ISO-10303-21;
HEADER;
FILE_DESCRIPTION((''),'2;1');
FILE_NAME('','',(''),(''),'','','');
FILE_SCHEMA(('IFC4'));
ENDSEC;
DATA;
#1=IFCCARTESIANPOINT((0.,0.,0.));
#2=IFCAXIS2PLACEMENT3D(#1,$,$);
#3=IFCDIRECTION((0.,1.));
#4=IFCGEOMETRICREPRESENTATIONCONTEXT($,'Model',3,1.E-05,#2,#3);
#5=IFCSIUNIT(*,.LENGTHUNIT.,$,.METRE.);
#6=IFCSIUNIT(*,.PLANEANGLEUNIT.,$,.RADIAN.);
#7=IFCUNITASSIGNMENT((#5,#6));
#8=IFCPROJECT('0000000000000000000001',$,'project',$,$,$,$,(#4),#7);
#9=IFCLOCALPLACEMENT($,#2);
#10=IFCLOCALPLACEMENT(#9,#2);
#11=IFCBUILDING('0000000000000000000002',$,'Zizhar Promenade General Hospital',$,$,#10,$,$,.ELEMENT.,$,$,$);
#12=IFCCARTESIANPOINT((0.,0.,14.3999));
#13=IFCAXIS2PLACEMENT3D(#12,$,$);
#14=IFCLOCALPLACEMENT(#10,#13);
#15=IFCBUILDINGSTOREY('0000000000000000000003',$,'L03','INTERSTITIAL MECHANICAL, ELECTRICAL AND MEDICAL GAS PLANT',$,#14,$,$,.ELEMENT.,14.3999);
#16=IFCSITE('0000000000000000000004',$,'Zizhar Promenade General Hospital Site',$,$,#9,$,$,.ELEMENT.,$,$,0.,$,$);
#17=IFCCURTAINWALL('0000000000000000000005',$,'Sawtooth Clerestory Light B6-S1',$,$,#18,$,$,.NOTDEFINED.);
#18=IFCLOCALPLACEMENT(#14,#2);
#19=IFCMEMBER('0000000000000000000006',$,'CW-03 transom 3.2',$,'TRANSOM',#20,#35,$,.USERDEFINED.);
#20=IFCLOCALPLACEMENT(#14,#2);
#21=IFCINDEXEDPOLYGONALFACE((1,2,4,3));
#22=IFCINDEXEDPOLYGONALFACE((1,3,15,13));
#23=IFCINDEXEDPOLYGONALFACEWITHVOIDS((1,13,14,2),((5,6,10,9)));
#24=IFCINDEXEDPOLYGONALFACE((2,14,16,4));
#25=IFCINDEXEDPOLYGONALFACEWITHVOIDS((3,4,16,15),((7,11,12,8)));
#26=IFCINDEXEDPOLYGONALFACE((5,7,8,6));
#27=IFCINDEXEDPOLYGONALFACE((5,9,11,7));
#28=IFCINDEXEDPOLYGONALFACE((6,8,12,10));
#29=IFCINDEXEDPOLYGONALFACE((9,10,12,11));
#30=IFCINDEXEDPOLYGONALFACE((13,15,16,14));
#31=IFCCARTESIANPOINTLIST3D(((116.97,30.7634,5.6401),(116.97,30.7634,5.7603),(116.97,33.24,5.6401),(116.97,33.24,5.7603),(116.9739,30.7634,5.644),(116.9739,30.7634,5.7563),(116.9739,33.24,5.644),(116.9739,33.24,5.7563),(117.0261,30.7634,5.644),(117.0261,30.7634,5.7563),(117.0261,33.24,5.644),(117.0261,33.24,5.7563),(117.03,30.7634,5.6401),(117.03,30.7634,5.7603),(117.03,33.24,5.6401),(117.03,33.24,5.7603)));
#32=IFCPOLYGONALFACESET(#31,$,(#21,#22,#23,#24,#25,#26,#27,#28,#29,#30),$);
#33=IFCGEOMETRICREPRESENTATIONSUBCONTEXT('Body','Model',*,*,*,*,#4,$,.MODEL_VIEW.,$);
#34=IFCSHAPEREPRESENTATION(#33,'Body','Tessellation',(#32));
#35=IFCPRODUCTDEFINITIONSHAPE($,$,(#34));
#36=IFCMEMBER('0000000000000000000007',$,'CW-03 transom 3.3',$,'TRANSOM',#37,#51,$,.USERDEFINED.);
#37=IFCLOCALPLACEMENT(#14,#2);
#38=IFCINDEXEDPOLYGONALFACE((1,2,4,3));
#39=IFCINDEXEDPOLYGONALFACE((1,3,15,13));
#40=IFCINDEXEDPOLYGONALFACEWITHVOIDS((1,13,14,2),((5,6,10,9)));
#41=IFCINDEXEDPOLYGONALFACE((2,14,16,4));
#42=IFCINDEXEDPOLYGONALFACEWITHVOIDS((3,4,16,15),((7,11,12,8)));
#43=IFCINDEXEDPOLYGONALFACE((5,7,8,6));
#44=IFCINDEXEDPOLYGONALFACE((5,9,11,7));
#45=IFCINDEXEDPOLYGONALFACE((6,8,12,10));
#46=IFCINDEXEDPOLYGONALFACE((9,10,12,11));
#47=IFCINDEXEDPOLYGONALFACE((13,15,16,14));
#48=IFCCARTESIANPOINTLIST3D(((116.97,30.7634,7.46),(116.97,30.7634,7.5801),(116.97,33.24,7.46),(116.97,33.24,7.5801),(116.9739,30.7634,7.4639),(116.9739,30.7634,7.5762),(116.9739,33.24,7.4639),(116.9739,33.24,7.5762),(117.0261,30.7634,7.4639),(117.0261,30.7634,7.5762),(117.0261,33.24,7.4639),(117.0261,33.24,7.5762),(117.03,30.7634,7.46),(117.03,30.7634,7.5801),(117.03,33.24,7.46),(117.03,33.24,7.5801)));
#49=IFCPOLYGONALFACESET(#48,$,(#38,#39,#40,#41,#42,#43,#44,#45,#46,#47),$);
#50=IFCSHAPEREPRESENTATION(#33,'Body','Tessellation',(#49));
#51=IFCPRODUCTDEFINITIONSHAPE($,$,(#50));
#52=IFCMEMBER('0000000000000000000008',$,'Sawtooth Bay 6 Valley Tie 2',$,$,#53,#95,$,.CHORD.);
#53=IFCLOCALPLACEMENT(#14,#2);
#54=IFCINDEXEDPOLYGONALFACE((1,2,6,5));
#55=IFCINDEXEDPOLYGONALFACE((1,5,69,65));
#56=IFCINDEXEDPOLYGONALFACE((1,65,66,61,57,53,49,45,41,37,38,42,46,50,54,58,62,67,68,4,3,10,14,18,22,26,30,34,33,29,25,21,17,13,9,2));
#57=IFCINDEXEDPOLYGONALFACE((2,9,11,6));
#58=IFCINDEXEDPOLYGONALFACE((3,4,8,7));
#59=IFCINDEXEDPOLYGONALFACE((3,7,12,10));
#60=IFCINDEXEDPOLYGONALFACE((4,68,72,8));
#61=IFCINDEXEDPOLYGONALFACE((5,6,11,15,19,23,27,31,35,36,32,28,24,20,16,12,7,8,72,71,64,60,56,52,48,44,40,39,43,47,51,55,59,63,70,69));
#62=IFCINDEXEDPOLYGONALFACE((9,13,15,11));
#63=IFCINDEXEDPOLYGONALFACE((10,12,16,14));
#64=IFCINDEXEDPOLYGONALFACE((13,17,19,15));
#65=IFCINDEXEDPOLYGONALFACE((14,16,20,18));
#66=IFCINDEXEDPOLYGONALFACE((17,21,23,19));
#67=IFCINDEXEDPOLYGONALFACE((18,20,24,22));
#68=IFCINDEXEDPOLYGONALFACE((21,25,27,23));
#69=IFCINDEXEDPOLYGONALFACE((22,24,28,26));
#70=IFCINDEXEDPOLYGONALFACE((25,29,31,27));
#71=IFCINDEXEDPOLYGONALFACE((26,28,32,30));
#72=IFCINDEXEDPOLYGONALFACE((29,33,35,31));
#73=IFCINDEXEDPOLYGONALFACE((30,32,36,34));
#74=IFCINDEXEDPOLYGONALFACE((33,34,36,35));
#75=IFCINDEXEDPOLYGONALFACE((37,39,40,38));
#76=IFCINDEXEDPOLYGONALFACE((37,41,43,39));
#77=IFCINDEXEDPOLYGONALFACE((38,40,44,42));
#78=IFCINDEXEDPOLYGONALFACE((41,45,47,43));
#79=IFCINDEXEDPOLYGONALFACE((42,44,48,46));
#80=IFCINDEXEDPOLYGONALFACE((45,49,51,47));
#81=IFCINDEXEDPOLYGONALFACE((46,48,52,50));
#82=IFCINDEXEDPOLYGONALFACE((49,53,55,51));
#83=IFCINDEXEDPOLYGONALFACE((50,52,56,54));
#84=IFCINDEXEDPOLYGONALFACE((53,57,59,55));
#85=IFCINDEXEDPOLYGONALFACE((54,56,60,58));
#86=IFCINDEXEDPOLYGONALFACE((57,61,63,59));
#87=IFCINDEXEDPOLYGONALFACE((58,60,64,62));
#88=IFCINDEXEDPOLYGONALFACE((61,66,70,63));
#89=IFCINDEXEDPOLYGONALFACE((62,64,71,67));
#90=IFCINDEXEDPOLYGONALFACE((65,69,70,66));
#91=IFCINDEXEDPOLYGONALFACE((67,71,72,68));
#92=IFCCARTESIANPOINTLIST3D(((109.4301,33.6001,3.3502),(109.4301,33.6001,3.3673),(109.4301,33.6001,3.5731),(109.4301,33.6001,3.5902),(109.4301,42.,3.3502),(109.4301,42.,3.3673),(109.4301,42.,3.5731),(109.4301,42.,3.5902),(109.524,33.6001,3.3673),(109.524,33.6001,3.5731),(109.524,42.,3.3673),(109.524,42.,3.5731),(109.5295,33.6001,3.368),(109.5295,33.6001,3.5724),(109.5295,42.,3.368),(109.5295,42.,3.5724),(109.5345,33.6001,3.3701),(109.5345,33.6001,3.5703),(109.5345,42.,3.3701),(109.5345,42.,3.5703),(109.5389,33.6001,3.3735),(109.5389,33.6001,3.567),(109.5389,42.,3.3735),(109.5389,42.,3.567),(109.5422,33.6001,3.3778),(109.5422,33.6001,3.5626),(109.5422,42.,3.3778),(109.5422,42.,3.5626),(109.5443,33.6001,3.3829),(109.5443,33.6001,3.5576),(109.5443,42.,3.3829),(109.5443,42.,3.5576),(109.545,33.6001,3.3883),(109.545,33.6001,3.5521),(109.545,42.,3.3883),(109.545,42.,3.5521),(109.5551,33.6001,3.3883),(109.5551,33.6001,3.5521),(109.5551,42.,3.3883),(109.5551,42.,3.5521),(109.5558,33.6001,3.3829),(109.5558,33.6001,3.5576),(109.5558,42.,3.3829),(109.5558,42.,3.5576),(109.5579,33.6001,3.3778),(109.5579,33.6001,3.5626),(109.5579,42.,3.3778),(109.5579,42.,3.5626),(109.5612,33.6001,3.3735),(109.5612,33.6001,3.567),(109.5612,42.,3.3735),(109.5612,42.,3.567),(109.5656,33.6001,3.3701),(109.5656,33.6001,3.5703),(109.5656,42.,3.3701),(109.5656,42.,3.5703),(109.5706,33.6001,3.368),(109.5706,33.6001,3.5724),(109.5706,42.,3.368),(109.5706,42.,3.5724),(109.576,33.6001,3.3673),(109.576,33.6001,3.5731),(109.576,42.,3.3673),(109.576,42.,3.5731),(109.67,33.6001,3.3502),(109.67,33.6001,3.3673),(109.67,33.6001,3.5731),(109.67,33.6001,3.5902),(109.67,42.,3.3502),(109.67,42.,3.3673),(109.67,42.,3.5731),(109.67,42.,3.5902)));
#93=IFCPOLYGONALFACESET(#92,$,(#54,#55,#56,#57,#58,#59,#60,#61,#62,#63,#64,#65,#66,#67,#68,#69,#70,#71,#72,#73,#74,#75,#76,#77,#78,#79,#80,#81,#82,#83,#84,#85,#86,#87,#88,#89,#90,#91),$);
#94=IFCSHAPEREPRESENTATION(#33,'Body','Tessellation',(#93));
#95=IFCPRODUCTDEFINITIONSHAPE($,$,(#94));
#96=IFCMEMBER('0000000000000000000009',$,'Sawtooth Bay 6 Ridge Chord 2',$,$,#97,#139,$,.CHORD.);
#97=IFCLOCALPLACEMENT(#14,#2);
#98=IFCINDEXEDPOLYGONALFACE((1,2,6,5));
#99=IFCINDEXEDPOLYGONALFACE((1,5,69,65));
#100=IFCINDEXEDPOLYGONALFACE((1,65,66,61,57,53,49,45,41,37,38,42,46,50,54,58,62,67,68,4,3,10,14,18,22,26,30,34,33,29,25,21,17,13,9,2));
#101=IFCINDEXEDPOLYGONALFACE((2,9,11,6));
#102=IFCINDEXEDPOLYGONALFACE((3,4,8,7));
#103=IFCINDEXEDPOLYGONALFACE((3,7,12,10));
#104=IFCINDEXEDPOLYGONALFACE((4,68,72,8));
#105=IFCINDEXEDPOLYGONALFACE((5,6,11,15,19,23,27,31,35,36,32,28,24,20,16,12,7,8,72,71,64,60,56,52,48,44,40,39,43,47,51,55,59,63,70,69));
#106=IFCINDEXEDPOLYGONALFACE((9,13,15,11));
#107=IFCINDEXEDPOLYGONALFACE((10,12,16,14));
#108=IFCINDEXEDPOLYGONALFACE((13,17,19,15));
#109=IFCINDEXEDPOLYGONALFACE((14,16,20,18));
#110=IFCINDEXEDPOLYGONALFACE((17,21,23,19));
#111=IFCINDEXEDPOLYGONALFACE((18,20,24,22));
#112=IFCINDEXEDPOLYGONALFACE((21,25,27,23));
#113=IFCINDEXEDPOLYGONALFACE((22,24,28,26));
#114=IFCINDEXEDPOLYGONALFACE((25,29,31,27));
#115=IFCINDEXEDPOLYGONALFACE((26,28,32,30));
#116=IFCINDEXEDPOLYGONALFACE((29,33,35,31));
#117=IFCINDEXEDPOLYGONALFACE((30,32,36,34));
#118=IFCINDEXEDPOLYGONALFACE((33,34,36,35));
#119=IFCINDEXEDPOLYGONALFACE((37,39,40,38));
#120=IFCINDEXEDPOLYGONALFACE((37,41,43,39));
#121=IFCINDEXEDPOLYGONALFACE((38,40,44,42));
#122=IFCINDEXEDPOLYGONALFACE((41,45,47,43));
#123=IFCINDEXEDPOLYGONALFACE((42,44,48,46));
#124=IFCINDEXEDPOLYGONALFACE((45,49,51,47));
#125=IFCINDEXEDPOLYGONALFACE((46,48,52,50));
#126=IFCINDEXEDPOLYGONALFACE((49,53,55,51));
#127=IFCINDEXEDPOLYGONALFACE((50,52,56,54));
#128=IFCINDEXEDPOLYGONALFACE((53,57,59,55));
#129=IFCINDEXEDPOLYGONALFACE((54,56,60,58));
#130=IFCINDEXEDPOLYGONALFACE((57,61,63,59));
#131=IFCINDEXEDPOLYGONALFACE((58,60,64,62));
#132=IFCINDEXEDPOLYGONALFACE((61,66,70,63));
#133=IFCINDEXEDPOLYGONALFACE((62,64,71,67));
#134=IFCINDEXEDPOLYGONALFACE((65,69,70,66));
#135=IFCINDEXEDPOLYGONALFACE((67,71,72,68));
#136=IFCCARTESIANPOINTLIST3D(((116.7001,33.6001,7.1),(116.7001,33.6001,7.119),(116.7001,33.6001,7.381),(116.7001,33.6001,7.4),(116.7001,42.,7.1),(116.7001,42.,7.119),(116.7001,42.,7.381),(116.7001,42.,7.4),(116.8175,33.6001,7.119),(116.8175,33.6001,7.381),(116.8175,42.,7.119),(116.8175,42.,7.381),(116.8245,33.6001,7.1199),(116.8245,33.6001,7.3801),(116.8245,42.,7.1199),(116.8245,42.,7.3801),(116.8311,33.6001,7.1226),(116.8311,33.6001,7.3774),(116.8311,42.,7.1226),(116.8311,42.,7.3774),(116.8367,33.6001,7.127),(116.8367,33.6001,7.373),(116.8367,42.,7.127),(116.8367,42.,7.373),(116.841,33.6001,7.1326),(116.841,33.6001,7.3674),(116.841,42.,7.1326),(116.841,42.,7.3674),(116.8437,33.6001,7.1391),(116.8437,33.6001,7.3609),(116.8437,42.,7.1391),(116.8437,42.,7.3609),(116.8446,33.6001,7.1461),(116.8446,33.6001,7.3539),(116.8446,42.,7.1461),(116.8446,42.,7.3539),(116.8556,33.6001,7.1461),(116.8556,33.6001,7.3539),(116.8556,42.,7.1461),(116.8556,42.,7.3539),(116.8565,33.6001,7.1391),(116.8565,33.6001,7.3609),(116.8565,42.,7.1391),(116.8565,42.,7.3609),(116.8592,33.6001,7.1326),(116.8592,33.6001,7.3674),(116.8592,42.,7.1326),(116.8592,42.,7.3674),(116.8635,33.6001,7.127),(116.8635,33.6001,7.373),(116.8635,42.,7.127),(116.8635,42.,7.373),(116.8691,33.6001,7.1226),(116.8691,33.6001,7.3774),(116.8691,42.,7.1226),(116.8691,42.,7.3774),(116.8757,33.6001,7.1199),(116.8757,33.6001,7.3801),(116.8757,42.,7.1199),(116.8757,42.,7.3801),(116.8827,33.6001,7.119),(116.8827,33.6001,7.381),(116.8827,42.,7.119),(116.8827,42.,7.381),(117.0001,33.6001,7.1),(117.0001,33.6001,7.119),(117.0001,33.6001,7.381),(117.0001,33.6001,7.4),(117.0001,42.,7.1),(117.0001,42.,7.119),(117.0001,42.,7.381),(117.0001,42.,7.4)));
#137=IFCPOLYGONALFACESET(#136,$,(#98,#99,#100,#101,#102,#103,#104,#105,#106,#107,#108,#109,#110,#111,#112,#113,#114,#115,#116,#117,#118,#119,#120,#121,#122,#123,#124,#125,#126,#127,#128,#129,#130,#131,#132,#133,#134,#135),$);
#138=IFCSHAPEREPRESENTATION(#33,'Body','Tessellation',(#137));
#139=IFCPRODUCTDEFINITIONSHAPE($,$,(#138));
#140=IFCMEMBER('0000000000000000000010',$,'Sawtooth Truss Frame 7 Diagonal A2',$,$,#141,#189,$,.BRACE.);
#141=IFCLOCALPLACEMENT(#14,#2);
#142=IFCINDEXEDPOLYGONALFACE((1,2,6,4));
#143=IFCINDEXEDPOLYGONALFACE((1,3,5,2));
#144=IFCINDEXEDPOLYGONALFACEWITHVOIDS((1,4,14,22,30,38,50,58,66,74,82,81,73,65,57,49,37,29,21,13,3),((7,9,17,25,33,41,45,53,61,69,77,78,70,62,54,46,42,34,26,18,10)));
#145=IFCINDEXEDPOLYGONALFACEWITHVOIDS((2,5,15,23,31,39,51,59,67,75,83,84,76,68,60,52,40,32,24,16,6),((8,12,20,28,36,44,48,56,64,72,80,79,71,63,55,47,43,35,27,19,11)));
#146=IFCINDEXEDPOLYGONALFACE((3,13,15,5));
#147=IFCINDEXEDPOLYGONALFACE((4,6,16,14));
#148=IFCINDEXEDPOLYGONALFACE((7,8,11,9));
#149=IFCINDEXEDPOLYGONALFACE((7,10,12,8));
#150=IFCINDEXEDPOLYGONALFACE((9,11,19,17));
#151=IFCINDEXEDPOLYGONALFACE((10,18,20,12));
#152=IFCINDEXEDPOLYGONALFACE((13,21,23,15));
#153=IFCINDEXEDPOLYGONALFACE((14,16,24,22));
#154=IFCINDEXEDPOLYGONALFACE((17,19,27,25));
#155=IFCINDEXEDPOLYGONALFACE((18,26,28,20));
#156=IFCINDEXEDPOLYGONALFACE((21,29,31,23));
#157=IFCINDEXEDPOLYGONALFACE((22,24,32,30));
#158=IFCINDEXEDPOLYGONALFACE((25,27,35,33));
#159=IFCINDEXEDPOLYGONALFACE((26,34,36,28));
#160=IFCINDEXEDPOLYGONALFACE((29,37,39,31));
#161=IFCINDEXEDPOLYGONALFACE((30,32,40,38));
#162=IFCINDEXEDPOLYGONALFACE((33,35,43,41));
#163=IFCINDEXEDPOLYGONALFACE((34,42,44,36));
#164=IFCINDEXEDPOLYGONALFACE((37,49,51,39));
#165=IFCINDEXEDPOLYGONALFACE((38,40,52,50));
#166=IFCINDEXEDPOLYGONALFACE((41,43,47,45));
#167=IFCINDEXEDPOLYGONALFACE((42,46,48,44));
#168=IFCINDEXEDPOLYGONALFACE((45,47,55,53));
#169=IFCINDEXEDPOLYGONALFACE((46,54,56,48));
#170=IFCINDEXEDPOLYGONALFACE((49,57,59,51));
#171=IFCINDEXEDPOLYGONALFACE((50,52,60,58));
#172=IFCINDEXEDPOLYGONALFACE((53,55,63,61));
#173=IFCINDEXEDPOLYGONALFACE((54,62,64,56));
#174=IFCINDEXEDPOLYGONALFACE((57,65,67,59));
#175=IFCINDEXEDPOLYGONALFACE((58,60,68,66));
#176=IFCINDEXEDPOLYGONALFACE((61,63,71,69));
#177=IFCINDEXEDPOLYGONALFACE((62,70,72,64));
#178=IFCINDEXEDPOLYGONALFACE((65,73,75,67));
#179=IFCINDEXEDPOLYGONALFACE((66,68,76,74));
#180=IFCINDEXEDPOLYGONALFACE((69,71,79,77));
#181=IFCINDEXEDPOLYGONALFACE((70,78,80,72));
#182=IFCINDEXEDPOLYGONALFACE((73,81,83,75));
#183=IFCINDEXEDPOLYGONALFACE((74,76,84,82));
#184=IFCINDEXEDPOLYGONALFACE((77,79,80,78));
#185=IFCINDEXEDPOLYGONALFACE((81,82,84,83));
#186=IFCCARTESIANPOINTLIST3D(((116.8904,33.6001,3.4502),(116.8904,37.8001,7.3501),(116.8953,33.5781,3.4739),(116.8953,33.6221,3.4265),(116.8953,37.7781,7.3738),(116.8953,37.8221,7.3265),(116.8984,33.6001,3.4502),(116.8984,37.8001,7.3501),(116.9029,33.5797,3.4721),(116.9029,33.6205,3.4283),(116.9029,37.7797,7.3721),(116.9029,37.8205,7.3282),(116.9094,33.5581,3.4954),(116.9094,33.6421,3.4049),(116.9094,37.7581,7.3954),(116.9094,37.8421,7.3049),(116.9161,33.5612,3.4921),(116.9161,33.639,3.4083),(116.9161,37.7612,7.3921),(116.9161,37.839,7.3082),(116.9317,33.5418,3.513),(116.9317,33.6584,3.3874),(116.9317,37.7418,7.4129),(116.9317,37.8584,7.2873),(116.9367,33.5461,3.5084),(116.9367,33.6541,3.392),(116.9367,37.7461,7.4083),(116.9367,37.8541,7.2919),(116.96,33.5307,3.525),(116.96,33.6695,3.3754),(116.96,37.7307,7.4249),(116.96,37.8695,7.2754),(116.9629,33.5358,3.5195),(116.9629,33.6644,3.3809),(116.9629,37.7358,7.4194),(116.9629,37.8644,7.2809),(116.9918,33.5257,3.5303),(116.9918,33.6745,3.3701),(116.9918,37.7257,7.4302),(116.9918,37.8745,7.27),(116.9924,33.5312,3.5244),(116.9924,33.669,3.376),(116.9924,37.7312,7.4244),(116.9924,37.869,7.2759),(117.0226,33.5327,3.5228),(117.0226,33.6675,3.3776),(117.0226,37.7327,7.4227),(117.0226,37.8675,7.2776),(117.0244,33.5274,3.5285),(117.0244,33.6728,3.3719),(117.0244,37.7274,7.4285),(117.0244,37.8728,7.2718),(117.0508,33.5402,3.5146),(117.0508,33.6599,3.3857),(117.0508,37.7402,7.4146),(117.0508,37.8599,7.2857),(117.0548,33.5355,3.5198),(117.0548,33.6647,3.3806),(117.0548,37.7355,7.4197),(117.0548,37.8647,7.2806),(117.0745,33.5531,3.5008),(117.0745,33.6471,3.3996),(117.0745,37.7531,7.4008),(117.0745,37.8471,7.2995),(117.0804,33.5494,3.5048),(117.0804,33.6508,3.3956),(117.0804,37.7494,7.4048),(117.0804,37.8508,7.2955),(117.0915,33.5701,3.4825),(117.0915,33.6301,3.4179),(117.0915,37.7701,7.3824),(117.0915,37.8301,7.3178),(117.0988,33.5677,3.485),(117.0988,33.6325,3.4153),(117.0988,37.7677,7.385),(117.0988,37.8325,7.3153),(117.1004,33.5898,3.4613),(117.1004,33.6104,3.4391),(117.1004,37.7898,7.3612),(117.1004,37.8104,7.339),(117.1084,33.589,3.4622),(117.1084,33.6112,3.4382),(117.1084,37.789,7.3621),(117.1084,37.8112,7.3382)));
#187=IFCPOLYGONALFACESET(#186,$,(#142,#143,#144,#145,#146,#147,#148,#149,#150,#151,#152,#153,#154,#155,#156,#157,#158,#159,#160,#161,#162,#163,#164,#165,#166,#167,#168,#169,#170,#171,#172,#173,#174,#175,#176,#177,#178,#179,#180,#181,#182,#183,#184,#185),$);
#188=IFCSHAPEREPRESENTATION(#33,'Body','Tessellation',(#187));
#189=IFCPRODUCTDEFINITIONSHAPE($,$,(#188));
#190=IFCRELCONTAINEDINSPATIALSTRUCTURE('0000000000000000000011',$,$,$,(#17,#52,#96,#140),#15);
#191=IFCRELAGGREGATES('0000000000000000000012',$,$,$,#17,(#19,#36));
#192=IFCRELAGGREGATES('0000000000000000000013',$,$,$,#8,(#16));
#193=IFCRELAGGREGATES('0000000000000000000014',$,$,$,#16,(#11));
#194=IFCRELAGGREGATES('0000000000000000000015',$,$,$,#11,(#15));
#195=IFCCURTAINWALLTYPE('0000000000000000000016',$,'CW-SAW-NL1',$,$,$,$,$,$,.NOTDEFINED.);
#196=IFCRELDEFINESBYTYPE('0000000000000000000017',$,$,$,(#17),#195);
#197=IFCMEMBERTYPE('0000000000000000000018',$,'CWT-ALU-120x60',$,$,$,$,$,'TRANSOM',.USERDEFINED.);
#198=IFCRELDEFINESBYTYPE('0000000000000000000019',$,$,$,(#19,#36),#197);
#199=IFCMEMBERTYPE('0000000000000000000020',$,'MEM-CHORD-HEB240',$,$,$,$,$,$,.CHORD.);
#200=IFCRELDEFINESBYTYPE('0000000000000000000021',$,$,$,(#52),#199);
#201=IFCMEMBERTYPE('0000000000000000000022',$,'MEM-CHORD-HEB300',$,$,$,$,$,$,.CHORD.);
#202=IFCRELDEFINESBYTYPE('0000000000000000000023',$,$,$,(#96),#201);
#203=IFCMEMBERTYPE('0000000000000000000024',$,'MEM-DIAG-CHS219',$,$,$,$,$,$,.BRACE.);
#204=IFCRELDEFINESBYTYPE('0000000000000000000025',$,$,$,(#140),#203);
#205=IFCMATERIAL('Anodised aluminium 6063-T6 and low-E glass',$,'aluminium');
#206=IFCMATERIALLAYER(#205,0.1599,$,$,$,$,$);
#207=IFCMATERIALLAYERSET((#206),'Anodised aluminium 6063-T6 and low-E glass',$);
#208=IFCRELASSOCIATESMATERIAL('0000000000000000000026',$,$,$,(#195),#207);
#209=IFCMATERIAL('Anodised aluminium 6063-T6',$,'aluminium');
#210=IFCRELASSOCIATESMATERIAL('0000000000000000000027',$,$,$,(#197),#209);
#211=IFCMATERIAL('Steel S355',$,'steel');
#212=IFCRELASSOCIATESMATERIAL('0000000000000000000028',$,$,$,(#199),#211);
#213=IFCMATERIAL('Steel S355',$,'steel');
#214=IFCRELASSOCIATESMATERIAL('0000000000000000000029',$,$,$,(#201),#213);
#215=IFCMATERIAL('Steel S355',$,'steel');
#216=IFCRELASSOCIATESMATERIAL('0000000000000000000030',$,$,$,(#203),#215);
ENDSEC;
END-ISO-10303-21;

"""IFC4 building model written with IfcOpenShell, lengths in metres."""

from ifc_helpers import new_model, si_unit, direction, frame, origin, origin_2d, place, context, subcontext, project, spatial, hollow_rectangle, hollow_circle, i_section, extrude, material, layer, layer_set, material_profile, profile_set, type_object, element, aggregate, save


model = new_model("IFC4")

# Units and contexts
model_context = context("Model", 3, precision=1e-05, world=origin(), true_north=direction((0.0, 1.0)))
body_context = subcontext(model_context, "Body", "Model", "MODEL_VIEW")
ifc_project = project(units=[si_unit("LENGTHUNIT", "METRE"), si_unit("PLANEANGLEUNIT", "RADIAN")], contexts=[model_context])

# Site, building, storey
site_placement = place(None, origin())
site = spatial("IfcSite", under=ifc_project, at=site_placement, Name="Zizhar Promenade General Hospital Site", CompositionType="ELEMENT", RefElevation=0.0)
building_placement = place(site_placement, origin())
building = spatial("IfcBuilding", under=site, at=building_placement, Name="Zizhar Promenade General Hospital", CompositionType="ELEMENT")
storey_placement = place(building_placement, frame((0.0, 0.0, 14.3999)))
storey = spatial("IfcBuildingStorey", under=building, at=storey_placement, Name="L03", Description="INTERSTITIAL MECHANICAL, ELECTRICAL AND MEDICAL GAS PLANT", CompositionType="ELEMENT", Elevation=14.3999)

# Curtain wall, members
ifc_material_1 = material(Name="Anodised aluminium 6063-T6 and low-E glass", Category="aluminium")
ifc_layer_1 = layer(ifc_material_1, 0.1599)
ifc_layer_set_1 = layer_set([ifc_layer_1], Name="Anodised aluminium 6063-T6 and low-E glass")
curtain_wall_type = type_object("IfcCurtainWallType", Name="CW-SAW-NL1", PredefinedType="NOTDEFINED", material=ifc_layer_set_1)
curtain_wall_placement = place(storey_placement, origin())
curtain_wall = element("IfcCurtainWall", 1, at=curtain_wall_placement, inside=storey, type_object=curtain_wall_type, Name="Sawtooth Clerestory Light B6-S1", PredefinedType="NOTDEFINED")
ifc_material_2 = material(Name="Anodised aluminium 6063-T6", Category="aluminium")
ifc_material_profile_1 = material_profile(ifc_material_2, hollow_rectangle(XDim=0.0601, YDim=0.1201, WallThickness=0.0039, at=origin_2d()))
ifc_profile_set_1 = profile_set([ifc_material_profile_1], Name="Anodised aluminium 6063-T6")
member_type_1 = type_object("IfcMemberType", Name="CWT-ALU-120x60", ElementType="TRANSOM", PredefinedType="USERDEFINED", material=ifc_profile_set_1)
member_1_placement = place(storey_placement, frame((117.0, 30.7634, 5.7002), z_axis=(0.0, 1.0, 0.0), x_axis=(-1.0, 0.0, 0.0)))
member_1 = element("IfcMember", 2, at=member_1_placement, type_object=member_type_1, Name="CW-03 transom 3.2", ObjectType="TRANSOM", PredefinedType="USERDEFINED", context=body_context, shape_type="SweptSolid", body=[
    extrude(hollow_rectangle(XDim=0.0601, YDim=0.1201, WallThickness=0.0039, at=origin_2d()), origin(), (0.0, 0.0, 1.0), 2.4766),
])
member_2_placement = place(storey_placement, frame((117.0, 30.7634, 7.52), z_axis=(0.0, 1.0, 0.0), x_axis=(-1.0, 0.0, 0.0)))
member_2 = element("IfcMember", 3, at=member_2_placement, type_object=member_type_1, Name="CW-03 transom 3.3", ObjectType="TRANSOM", PredefinedType="USERDEFINED", context=body_context, shape_type="SweptSolid", body=[
    extrude(hollow_rectangle(XDim=0.0601, YDim=0.1201, WallThickness=0.0039, at=origin_2d()), origin(), (0.0, 0.0, 1.0), 2.4766),
])

# Members
ifc_material_3 = material(Name="Steel S355", Category="steel")
ifc_material_profile_2 = material_profile(ifc_material_3, i_section(OverallWidth=0.24, OverallDepth=0.24, WebThickness=0.01, FlangeThickness=0.0171, FilletRadius=0.021, at=origin_2d()))
ifc_profile_set_2 = profile_set([ifc_material_profile_2], Name="Steel S355")
member_type_2 = type_object("IfcMemberType", Name="MEM-CHORD-HEB240", PredefinedType="CHORD", material=ifc_profile_set_2)
member_3_placement = place(storey_placement, frame((109.55, 33.6001, 3.4702), z_axis=(0.0, 1.0, 0.0), x_axis=(-1.0, 0.0, 0.0)))
element("IfcMember", 4, at=member_3_placement, inside=storey, type_object=member_type_2, Name="Sawtooth Bay 6 Valley Tie 2", PredefinedType="CHORD", context=body_context, shape_type="SweptSolid", body=[
    extrude(i_section(OverallWidth=0.24, OverallDepth=0.24, WebThickness=0.01, FlangeThickness=0.0171, FilletRadius=0.021, at=origin_2d()), origin(), (0.0, 0.0, 1.0), 8.3999),
])
ifc_material_4 = material(Name="Steel S355", Category="steel")
ifc_material_profile_3 = material_profile(ifc_material_4, i_section(OverallWidth=0.3, OverallDepth=0.3, WebThickness=0.011, FlangeThickness=0.019, FilletRadius=0.0271, at=origin_2d()))
ifc_profile_set_3 = profile_set([ifc_material_profile_3], Name="Steel S355")
member_type_3 = type_object("IfcMemberType", Name="MEM-CHORD-HEB300", PredefinedType="CHORD", material=ifc_profile_set_3)
member_4_placement = place(storey_placement, frame((116.8501, 33.6001, 7.25), z_axis=(0.0, 1.0, 0.0), x_axis=(-1.0, 0.0, 0.0)))
element("IfcMember", 5, at=member_4_placement, inside=storey, type_object=member_type_3, Name="Sawtooth Bay 6 Ridge Chord 2", PredefinedType="CHORD", context=body_context, shape_type="SweptSolid", body=[
    extrude(i_section(OverallWidth=0.3, OverallDepth=0.3, WebThickness=0.011, FlangeThickness=0.019, FilletRadius=0.0271, at=origin_2d()), origin(), (0.0, 0.0, 1.0), 8.3999),
])
ifc_material_5 = material(Name="Steel S355", Category="steel")
ifc_material_profile_4 = material_profile(ifc_material_5, hollow_circle(Radius=0.1096, WallThickness=0.0081, at=origin_2d()))
ifc_profile_set_4 = profile_set([ifc_material_profile_4], Name="Steel S355")
member_type_4 = type_object("IfcMemberType", Name="MEM-DIAG-CHS219", PredefinedType="BRACE", material=ifc_profile_set_4)
member_5_placement = place(storey_placement, frame((117.0, 33.6001, 3.4502), z_axis=(0.0, 0.732798, 0.680446), x_axis=(-1.0, 0.0, 0.0)))
element("IfcMember", 6, at=member_5_placement, inside=storey, type_object=member_type_4, Name="Sawtooth Truss Frame 7 Diagonal A2", PredefinedType="BRACE", context=body_context, shape_type="SweptSolid", body=[
    extrude(hollow_circle(Radius=0.1096, WallThickness=0.0081, at=origin_2d()), origin(), (0.0, 0.0, 1.0), 5.7314),
])

aggregate(curtain_wall, [member_1, member_2])

save(model, "model.ifc")
